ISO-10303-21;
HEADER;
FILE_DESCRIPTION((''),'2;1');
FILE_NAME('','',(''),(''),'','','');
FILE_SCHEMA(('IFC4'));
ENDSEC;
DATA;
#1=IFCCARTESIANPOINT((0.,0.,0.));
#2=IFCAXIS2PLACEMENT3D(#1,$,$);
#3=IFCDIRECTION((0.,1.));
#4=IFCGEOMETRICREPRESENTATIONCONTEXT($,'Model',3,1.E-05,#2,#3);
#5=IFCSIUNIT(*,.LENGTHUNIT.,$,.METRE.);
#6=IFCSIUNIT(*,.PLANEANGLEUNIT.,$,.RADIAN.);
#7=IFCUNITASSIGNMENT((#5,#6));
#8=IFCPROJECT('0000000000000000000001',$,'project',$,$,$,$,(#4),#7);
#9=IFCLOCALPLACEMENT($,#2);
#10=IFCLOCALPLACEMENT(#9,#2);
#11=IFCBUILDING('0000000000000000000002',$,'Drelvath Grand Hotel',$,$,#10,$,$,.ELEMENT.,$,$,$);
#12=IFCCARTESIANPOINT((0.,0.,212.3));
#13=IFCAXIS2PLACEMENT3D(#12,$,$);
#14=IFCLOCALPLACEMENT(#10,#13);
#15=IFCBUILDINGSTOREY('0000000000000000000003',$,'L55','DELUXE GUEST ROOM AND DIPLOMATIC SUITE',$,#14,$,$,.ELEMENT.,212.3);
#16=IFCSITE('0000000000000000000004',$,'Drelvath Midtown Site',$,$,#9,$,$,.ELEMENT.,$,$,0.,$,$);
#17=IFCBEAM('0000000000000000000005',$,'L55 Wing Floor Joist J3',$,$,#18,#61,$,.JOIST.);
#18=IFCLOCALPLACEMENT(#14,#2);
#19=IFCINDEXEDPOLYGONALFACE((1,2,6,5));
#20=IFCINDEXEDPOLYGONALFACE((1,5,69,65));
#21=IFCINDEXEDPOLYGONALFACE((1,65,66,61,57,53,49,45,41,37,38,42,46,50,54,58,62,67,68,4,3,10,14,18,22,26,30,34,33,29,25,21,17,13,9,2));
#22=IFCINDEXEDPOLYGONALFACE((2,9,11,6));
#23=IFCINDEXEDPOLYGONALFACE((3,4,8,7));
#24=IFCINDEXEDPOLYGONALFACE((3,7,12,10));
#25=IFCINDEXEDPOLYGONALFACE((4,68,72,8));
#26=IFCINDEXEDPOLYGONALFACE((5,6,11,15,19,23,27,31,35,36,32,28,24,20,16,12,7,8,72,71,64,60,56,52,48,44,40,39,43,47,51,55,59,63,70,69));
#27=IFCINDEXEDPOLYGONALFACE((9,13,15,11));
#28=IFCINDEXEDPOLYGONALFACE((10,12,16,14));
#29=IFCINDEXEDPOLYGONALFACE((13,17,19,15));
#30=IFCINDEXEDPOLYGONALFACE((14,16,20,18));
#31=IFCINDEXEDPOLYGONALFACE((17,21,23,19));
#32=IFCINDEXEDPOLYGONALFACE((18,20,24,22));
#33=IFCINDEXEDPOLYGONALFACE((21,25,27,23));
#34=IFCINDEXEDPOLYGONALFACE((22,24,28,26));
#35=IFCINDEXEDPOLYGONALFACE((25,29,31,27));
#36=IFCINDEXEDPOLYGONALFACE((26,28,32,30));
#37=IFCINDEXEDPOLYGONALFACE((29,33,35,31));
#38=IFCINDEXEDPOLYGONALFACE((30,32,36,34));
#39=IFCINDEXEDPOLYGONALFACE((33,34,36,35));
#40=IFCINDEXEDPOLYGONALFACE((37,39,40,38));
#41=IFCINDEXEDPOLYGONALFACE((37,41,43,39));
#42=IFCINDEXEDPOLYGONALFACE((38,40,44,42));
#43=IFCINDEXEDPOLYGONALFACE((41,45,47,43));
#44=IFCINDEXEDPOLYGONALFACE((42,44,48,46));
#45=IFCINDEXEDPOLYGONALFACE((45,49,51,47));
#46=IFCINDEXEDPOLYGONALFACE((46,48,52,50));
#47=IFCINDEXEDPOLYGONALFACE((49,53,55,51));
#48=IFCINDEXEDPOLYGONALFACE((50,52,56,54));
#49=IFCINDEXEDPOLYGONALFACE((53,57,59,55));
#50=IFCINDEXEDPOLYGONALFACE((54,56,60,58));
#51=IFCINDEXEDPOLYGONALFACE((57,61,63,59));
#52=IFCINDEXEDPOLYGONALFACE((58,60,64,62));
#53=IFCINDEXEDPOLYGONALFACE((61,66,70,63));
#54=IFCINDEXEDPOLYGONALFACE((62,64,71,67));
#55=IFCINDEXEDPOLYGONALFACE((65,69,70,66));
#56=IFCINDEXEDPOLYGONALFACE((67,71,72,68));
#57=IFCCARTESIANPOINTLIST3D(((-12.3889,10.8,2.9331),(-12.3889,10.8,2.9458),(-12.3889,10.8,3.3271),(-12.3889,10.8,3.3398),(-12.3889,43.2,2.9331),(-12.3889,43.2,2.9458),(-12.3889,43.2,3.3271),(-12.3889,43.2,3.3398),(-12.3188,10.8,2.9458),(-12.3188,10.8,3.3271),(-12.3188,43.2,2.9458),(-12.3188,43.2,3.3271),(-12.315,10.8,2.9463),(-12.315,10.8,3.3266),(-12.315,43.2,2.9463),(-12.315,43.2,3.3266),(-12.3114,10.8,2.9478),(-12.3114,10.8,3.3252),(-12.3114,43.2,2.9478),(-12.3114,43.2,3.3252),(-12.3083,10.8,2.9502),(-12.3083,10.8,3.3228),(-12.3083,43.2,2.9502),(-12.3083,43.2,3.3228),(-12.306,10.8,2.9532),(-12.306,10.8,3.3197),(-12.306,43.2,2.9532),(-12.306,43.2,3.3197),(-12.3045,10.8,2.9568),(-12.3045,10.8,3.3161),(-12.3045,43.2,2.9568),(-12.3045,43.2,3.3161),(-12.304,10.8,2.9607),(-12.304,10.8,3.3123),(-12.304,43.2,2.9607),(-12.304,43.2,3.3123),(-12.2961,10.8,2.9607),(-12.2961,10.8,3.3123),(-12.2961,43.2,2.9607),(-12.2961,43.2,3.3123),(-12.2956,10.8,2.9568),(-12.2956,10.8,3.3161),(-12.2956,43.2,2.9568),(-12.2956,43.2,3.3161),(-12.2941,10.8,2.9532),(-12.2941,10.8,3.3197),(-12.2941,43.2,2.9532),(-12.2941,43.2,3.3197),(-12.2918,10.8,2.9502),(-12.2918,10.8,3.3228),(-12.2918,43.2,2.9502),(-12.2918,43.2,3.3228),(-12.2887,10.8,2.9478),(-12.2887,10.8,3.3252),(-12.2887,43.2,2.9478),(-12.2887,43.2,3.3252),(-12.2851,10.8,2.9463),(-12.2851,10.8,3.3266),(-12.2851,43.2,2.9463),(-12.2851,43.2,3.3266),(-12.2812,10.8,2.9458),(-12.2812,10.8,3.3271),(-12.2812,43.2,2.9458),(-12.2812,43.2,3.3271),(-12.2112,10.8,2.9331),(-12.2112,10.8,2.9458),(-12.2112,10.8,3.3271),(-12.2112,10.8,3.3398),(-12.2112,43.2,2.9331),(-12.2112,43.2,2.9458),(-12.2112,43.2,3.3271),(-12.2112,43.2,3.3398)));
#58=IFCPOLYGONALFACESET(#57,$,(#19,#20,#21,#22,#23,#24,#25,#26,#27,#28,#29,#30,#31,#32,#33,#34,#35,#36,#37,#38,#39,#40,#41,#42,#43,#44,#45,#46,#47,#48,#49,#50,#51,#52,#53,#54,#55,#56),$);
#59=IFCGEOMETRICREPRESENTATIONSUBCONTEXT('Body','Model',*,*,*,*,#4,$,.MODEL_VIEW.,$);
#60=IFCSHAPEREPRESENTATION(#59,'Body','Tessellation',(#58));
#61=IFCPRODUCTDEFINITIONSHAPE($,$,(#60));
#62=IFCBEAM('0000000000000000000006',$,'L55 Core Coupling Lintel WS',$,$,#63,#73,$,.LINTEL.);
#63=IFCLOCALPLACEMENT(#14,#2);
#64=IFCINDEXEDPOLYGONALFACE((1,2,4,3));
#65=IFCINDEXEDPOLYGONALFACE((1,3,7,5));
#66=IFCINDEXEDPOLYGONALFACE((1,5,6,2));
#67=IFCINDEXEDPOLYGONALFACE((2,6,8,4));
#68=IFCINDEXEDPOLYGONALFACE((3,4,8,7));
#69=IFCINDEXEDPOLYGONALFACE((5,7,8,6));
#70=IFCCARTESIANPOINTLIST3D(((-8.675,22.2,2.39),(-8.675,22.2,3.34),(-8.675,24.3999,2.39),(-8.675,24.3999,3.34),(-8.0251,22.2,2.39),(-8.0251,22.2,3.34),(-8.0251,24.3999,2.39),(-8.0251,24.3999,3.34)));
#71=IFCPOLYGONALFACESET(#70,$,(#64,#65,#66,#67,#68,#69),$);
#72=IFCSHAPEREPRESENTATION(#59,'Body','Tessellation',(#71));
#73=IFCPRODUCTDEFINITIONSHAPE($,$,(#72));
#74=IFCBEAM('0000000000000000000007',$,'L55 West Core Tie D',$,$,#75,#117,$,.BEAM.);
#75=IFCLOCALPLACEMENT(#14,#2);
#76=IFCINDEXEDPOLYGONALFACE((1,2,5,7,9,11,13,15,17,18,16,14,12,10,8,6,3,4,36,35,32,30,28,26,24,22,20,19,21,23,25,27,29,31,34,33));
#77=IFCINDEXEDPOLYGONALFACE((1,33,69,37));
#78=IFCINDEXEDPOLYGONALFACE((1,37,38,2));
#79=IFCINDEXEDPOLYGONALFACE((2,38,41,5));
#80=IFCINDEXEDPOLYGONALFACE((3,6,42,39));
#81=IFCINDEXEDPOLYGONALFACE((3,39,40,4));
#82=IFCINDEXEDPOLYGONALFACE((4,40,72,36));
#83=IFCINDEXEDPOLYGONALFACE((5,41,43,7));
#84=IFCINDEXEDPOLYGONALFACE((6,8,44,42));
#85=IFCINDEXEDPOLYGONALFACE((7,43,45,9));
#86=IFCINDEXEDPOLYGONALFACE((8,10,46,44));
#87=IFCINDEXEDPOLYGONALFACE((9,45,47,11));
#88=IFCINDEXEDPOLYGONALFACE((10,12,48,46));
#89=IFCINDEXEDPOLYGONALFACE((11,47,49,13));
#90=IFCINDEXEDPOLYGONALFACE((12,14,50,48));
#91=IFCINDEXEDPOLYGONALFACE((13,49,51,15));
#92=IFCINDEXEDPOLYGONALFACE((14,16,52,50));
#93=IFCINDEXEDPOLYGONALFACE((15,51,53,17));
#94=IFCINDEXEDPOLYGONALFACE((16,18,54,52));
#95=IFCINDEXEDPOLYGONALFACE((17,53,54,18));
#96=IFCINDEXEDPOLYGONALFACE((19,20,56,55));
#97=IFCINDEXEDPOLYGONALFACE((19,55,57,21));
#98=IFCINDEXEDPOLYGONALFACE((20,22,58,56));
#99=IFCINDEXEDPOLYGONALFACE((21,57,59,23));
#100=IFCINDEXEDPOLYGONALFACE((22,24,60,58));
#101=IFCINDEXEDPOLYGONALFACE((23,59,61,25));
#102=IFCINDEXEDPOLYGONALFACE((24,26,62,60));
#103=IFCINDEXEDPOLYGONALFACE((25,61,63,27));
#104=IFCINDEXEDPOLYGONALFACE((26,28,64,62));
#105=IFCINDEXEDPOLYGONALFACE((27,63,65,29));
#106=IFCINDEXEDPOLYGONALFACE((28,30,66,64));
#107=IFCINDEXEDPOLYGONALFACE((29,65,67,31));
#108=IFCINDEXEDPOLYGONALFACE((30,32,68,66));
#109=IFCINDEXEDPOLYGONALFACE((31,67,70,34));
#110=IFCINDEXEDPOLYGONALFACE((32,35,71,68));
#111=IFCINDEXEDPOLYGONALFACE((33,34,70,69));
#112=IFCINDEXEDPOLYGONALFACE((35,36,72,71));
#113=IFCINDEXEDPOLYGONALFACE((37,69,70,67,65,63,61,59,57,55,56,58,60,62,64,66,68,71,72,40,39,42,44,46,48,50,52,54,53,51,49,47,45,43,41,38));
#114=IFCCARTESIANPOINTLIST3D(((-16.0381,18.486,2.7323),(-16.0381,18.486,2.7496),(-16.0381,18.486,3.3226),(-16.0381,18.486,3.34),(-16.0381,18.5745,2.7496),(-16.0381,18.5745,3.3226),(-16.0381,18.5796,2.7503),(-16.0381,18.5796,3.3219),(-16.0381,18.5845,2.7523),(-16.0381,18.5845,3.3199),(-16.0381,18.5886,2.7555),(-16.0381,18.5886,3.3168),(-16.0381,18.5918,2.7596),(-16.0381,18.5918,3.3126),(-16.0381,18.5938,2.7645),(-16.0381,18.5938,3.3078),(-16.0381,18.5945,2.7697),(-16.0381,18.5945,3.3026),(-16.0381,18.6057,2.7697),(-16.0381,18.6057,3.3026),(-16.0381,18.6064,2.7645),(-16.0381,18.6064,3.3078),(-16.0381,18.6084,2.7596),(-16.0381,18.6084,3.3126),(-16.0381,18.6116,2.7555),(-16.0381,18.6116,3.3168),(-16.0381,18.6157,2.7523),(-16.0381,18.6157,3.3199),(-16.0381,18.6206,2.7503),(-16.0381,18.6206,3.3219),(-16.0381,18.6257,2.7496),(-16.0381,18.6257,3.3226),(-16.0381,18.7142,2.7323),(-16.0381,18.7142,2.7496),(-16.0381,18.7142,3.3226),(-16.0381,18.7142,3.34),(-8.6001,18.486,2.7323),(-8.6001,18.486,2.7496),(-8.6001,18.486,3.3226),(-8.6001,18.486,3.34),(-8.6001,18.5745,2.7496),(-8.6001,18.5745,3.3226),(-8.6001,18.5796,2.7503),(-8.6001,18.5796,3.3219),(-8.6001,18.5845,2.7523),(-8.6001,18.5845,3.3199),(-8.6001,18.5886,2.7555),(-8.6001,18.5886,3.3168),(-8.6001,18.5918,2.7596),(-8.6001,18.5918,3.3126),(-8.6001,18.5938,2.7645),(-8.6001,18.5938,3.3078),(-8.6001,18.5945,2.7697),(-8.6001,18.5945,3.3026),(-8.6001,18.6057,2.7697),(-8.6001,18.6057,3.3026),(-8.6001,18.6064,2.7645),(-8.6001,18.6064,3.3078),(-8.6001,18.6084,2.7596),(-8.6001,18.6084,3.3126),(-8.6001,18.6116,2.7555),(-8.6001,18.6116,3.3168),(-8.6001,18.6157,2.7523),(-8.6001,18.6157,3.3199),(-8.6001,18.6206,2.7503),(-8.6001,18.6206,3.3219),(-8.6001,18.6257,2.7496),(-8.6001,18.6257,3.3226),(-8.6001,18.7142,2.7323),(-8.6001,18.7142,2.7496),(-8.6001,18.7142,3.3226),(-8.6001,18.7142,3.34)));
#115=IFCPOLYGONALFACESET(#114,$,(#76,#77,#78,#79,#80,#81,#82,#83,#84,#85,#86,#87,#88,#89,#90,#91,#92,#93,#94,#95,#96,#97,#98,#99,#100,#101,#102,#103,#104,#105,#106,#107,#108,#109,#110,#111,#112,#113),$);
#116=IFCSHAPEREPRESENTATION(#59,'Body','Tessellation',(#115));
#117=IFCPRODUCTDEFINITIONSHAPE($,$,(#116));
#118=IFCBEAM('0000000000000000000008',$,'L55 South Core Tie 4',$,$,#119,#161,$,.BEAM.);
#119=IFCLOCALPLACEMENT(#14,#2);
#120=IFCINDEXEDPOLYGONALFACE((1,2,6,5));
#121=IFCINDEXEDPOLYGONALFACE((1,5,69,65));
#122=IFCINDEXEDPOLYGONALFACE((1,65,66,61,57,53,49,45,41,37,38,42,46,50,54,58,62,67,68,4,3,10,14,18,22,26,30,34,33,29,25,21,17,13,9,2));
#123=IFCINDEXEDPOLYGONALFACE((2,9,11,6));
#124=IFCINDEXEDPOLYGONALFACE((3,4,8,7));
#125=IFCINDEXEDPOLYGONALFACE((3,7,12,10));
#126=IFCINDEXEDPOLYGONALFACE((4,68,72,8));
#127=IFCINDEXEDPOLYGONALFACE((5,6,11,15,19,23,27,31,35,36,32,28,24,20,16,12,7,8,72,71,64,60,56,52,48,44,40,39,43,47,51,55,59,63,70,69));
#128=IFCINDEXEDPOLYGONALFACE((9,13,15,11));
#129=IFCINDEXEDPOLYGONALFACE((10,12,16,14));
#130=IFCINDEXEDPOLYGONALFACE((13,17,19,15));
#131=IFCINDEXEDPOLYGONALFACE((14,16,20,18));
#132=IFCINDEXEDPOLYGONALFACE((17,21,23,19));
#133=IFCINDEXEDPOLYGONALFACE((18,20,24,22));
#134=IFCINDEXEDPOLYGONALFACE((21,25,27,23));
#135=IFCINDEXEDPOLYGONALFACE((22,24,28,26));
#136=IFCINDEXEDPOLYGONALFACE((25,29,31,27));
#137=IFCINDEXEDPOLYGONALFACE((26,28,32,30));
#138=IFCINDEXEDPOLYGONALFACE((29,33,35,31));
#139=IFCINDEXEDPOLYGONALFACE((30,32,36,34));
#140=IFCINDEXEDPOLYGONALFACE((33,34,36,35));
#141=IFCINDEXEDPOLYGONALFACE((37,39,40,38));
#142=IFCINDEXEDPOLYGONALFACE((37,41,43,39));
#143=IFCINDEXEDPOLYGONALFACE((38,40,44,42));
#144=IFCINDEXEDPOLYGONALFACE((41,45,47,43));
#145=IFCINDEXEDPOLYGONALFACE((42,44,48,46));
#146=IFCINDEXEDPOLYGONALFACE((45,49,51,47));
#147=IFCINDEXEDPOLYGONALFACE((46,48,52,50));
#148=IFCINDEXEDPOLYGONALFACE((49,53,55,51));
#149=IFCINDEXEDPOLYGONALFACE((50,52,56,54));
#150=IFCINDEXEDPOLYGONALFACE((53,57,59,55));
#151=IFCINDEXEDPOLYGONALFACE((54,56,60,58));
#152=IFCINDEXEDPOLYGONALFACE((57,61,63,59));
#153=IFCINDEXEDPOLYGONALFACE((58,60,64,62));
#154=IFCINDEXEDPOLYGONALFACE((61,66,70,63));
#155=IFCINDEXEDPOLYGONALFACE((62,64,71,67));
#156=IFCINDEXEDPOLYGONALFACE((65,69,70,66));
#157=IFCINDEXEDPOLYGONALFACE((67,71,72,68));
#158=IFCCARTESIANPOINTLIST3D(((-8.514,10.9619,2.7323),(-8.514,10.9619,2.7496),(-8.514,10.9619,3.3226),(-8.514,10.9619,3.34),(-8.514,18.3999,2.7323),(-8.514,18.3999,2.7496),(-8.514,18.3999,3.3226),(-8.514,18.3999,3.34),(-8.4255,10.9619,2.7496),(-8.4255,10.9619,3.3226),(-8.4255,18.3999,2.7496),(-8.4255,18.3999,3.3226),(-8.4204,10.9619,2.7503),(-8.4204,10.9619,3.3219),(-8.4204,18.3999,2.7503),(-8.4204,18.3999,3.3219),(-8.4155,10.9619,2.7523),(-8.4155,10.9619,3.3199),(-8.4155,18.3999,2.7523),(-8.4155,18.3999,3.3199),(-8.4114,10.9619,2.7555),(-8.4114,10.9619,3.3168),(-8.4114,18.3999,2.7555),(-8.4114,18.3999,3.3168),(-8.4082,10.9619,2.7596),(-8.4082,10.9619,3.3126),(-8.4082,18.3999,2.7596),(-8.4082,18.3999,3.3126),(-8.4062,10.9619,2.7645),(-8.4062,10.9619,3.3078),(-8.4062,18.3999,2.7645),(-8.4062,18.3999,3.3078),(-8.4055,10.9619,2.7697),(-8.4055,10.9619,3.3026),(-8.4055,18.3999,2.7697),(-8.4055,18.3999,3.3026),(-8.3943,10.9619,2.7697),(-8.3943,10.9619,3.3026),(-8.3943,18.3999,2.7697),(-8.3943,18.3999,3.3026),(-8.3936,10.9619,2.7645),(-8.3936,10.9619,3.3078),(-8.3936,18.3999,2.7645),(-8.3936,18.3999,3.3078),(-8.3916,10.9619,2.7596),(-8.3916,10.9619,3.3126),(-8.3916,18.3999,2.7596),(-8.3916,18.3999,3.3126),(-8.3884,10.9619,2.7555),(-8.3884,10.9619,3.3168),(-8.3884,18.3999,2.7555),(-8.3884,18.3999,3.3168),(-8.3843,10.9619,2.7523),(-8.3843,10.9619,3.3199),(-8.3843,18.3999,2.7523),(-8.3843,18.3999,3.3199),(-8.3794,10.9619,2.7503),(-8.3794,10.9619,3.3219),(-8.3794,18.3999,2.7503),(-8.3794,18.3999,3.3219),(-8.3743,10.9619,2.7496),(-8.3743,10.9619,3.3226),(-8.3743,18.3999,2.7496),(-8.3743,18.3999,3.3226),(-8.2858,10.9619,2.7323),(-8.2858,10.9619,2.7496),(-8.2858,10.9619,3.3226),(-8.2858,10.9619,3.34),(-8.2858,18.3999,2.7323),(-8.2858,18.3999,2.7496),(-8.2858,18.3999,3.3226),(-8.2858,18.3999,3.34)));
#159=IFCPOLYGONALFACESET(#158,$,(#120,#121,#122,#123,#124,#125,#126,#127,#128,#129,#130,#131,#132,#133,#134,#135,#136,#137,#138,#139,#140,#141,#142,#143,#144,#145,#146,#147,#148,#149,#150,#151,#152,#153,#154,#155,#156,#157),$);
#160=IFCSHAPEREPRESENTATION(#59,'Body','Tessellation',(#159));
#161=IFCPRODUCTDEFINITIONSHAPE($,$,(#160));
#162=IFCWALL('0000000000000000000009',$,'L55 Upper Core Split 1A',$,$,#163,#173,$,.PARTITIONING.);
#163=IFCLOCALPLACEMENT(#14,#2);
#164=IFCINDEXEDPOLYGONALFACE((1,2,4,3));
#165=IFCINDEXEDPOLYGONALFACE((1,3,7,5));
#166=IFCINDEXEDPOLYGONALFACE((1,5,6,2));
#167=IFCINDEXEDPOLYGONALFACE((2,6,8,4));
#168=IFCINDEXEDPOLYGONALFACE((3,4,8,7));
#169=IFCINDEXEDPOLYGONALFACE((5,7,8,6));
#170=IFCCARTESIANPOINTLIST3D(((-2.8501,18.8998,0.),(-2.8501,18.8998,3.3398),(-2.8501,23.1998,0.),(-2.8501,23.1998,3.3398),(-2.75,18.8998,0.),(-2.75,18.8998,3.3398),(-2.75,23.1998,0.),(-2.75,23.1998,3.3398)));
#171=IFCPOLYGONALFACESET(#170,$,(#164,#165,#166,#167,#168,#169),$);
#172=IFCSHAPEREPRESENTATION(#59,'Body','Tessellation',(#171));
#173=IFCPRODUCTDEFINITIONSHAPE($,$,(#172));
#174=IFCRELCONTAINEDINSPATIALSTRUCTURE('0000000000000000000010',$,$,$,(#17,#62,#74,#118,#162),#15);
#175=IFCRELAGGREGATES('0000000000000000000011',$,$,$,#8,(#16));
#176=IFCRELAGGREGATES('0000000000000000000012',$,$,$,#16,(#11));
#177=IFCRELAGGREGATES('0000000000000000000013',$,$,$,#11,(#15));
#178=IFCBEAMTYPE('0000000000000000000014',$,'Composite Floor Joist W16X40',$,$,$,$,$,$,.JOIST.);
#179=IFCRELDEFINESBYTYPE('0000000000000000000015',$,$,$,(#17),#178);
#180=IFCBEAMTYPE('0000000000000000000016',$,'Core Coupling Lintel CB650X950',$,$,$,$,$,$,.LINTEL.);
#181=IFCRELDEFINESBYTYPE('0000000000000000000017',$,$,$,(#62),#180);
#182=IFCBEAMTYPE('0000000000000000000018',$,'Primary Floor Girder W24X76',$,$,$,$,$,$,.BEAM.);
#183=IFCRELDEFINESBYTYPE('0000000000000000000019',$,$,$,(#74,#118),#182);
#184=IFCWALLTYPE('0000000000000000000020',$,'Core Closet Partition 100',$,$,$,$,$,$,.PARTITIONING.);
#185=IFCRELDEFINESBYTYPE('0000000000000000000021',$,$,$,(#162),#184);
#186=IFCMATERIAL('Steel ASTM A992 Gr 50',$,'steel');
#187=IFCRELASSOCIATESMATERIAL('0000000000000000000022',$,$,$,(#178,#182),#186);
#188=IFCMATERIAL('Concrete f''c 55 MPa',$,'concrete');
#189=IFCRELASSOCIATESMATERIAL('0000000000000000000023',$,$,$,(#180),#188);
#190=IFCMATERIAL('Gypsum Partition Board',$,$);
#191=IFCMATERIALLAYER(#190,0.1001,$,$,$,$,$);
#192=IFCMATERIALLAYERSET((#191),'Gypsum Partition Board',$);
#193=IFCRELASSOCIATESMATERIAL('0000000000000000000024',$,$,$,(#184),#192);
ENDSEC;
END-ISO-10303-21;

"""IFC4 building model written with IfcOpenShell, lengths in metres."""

from ifc_helpers import new_model, si_unit, direction, frame, frame_2d, origin, origin_2d, place, context, subcontext, project, spatial, rectangle, i_section, extrude, material, layer, layer_set, material_profile, profile_set, type_object, element, save


model = new_model("IFC4")

# Units and contexts
model_context = context("Model", 3, precision=1e-05, world=origin(), true_north=direction((0.0, 1.0)))
body_context = subcontext(model_context, "Body", "Model", "MODEL_VIEW")
ifc_project = project(units=[si_unit("LENGTHUNIT", "METRE"), si_unit("PLANEANGLEUNIT", "RADIAN")], contexts=[model_context])

# Site, building, storey
site_placement = place(None, origin())
site = spatial("IfcSite", under=ifc_project, at=site_placement, Name="Drelvath Midtown Site", CompositionType="ELEMENT", RefElevation=0.0)
building_placement = place(site_placement, origin())
building = spatial("IfcBuilding", under=site, at=building_placement, Name="Drelvath Grand Hotel", CompositionType="ELEMENT")
storey_placement = place(building_placement, frame((0.0, 0.0, 212.3)))
storey = spatial("IfcBuildingStorey", under=building, at=storey_placement, Name="L55", Description="DELUXE GUEST ROOM AND DIPLOMATIC SUITE", CompositionType="ELEMENT", Elevation=212.3)

# Beams
ifc_material_1 = material(Name="Steel ASTM A992 Gr 50", Category="steel")
ifc_material_profile_1 = material_profile(ifc_material_1, i_section(OverallWidth=0.1777, OverallDepth=0.4067, WebThickness=0.0078, FlangeThickness=0.0127, FilletRadius=0.0149, at=origin_2d()), Name="W16X40")
ifc_profile_set_1 = profile_set([ifc_material_profile_1], Name="Steel ASTM A992 Gr 50")
beam_type_1 = type_object("IfcBeamType", Name="Composite Floor Joist W16X40", PredefinedType="JOIST", material=ifc_profile_set_1)
beam_1_placement = place(storey_placement, frame((-12.3, 10.8, 3.1365), z_axis=(0.0, 1.0, 0.0), x_axis=(-1.0, 0.0, 0.0)))
element("IfcBeam", 1, at=beam_1_placement, inside=storey, type_object=beam_type_1, Name="L55 Wing Floor Joist J3", PredefinedType="JOIST", context=body_context, shape_type="SweptSolid", body=[
    extrude(i_section(OverallWidth=0.1777, OverallDepth=0.4067, WebThickness=0.0078, FlangeThickness=0.0127, FilletRadius=0.0149, at=origin_2d()), origin(), (0.0, 0.0, 1.0), 32.3999),
])
ifc_material_2 = material(Name="Concrete f'c 55 MPa", Category="concrete")
ifc_material_profile_2 = material_profile(ifc_material_2, rectangle(XDim=0.6499, YDim=0.95, at=origin_2d()), Name="CB650X950")
ifc_profile_set_2 = profile_set([ifc_material_profile_2], Name="Concrete f'c 55 MPa")
beam_type_2 = type_object("IfcBeamType", Name="Core Coupling Lintel CB650X950", PredefinedType="LINTEL", material=ifc_profile_set_2)
beam_2_placement = place(storey_placement, frame((-8.3501, 22.2, 2.865), z_axis=(0.0, 1.0, 0.0), x_axis=(-1.0, 0.0, 0.0)))
element("IfcBeam", 2, at=beam_2_placement, inside=storey, type_object=beam_type_2, Name="L55 Core Coupling Lintel WS", PredefinedType="LINTEL", context=body_context, shape_type="SweptSolid", body=[
    extrude(rectangle(XDim=0.6499, YDim=0.95, at=origin_2d()), origin(), (0.0, 0.0, 1.0), 2.2),
])
ifc_material_profile_3 = material_profile(ifc_material_1, i_section(OverallWidth=0.2283, OverallDepth=0.6077, WebThickness=0.0112, FlangeThickness=0.0173, FilletRadius=0.02, at=origin_2d()), Name="W24X76")
ifc_profile_set_3 = profile_set([ifc_material_profile_3], Name="Steel ASTM A992 Gr 50")
beam_type_3 = type_object("IfcBeamType", Name="Primary Floor Girder W24X76", PredefinedType="BEAM", material=ifc_profile_set_3)
for number, where, z_axis, x_axis, name in (
    (3, (-16.0381, 18.6001, 3.0361), (1.0, 0.0, 0.0), (0.0, 1.0, 0.0), "L55 West Core Tie D"),
    (4, (-8.3999, 10.9619, 3.0361), (0.0, 1.0, 0.0), (-1.0, 0.0, 0.0), "L55 South Core Tie 4"),
):
    element("IfcBeam", number, at=place(storey_placement, frame(where, z_axis=z_axis, x_axis=x_axis)), inside=storey, type_object=beam_type_3, Name=name, PredefinedType="BEAM", context=body_context, shape_type="SweptSolid", body=[
        extrude(i_section(OverallWidth=0.2283, OverallDepth=0.6077, WebThickness=0.0112, FlangeThickness=0.0173, FilletRadius=0.02, at=origin_2d()), origin(), (0.0, 0.0, 1.0), 7.438),
    ])

# Wall
ifc_material_3 = material(Name="Gypsum Partition Board")
ifc_layer_1 = layer(ifc_material_3, 0.1001)
ifc_layer_set_1 = layer_set([ifc_layer_1], Name="Gypsum Partition Board")
wall_type_1 = type_object("IfcWallType", Name="Core Closet Partition 100", PredefinedType="PARTITIONING", material=ifc_layer_set_1)
wall_1_placement = place(storey_placement, frame((-2.8, 18.8999, 0.0), z_axis=(0.0, 0.0, 1.0), x_axis=(0.0, 1.0, 0.0)))
element("IfcWall", 5, at=wall_1_placement, inside=storey, type_object=wall_type_1, Name="L55 Upper Core Split 1A", PredefinedType="PARTITIONING", context=body_context, shape_type="SweptSolid", body=[
    extrude(rectangle(XDim=4.3, YDim=0.1001, at=frame_2d((2.1499, 0.0))), origin(), (0.0, 0.0, 1.0), 3.3398),
])

save(model, "model.ifc")
